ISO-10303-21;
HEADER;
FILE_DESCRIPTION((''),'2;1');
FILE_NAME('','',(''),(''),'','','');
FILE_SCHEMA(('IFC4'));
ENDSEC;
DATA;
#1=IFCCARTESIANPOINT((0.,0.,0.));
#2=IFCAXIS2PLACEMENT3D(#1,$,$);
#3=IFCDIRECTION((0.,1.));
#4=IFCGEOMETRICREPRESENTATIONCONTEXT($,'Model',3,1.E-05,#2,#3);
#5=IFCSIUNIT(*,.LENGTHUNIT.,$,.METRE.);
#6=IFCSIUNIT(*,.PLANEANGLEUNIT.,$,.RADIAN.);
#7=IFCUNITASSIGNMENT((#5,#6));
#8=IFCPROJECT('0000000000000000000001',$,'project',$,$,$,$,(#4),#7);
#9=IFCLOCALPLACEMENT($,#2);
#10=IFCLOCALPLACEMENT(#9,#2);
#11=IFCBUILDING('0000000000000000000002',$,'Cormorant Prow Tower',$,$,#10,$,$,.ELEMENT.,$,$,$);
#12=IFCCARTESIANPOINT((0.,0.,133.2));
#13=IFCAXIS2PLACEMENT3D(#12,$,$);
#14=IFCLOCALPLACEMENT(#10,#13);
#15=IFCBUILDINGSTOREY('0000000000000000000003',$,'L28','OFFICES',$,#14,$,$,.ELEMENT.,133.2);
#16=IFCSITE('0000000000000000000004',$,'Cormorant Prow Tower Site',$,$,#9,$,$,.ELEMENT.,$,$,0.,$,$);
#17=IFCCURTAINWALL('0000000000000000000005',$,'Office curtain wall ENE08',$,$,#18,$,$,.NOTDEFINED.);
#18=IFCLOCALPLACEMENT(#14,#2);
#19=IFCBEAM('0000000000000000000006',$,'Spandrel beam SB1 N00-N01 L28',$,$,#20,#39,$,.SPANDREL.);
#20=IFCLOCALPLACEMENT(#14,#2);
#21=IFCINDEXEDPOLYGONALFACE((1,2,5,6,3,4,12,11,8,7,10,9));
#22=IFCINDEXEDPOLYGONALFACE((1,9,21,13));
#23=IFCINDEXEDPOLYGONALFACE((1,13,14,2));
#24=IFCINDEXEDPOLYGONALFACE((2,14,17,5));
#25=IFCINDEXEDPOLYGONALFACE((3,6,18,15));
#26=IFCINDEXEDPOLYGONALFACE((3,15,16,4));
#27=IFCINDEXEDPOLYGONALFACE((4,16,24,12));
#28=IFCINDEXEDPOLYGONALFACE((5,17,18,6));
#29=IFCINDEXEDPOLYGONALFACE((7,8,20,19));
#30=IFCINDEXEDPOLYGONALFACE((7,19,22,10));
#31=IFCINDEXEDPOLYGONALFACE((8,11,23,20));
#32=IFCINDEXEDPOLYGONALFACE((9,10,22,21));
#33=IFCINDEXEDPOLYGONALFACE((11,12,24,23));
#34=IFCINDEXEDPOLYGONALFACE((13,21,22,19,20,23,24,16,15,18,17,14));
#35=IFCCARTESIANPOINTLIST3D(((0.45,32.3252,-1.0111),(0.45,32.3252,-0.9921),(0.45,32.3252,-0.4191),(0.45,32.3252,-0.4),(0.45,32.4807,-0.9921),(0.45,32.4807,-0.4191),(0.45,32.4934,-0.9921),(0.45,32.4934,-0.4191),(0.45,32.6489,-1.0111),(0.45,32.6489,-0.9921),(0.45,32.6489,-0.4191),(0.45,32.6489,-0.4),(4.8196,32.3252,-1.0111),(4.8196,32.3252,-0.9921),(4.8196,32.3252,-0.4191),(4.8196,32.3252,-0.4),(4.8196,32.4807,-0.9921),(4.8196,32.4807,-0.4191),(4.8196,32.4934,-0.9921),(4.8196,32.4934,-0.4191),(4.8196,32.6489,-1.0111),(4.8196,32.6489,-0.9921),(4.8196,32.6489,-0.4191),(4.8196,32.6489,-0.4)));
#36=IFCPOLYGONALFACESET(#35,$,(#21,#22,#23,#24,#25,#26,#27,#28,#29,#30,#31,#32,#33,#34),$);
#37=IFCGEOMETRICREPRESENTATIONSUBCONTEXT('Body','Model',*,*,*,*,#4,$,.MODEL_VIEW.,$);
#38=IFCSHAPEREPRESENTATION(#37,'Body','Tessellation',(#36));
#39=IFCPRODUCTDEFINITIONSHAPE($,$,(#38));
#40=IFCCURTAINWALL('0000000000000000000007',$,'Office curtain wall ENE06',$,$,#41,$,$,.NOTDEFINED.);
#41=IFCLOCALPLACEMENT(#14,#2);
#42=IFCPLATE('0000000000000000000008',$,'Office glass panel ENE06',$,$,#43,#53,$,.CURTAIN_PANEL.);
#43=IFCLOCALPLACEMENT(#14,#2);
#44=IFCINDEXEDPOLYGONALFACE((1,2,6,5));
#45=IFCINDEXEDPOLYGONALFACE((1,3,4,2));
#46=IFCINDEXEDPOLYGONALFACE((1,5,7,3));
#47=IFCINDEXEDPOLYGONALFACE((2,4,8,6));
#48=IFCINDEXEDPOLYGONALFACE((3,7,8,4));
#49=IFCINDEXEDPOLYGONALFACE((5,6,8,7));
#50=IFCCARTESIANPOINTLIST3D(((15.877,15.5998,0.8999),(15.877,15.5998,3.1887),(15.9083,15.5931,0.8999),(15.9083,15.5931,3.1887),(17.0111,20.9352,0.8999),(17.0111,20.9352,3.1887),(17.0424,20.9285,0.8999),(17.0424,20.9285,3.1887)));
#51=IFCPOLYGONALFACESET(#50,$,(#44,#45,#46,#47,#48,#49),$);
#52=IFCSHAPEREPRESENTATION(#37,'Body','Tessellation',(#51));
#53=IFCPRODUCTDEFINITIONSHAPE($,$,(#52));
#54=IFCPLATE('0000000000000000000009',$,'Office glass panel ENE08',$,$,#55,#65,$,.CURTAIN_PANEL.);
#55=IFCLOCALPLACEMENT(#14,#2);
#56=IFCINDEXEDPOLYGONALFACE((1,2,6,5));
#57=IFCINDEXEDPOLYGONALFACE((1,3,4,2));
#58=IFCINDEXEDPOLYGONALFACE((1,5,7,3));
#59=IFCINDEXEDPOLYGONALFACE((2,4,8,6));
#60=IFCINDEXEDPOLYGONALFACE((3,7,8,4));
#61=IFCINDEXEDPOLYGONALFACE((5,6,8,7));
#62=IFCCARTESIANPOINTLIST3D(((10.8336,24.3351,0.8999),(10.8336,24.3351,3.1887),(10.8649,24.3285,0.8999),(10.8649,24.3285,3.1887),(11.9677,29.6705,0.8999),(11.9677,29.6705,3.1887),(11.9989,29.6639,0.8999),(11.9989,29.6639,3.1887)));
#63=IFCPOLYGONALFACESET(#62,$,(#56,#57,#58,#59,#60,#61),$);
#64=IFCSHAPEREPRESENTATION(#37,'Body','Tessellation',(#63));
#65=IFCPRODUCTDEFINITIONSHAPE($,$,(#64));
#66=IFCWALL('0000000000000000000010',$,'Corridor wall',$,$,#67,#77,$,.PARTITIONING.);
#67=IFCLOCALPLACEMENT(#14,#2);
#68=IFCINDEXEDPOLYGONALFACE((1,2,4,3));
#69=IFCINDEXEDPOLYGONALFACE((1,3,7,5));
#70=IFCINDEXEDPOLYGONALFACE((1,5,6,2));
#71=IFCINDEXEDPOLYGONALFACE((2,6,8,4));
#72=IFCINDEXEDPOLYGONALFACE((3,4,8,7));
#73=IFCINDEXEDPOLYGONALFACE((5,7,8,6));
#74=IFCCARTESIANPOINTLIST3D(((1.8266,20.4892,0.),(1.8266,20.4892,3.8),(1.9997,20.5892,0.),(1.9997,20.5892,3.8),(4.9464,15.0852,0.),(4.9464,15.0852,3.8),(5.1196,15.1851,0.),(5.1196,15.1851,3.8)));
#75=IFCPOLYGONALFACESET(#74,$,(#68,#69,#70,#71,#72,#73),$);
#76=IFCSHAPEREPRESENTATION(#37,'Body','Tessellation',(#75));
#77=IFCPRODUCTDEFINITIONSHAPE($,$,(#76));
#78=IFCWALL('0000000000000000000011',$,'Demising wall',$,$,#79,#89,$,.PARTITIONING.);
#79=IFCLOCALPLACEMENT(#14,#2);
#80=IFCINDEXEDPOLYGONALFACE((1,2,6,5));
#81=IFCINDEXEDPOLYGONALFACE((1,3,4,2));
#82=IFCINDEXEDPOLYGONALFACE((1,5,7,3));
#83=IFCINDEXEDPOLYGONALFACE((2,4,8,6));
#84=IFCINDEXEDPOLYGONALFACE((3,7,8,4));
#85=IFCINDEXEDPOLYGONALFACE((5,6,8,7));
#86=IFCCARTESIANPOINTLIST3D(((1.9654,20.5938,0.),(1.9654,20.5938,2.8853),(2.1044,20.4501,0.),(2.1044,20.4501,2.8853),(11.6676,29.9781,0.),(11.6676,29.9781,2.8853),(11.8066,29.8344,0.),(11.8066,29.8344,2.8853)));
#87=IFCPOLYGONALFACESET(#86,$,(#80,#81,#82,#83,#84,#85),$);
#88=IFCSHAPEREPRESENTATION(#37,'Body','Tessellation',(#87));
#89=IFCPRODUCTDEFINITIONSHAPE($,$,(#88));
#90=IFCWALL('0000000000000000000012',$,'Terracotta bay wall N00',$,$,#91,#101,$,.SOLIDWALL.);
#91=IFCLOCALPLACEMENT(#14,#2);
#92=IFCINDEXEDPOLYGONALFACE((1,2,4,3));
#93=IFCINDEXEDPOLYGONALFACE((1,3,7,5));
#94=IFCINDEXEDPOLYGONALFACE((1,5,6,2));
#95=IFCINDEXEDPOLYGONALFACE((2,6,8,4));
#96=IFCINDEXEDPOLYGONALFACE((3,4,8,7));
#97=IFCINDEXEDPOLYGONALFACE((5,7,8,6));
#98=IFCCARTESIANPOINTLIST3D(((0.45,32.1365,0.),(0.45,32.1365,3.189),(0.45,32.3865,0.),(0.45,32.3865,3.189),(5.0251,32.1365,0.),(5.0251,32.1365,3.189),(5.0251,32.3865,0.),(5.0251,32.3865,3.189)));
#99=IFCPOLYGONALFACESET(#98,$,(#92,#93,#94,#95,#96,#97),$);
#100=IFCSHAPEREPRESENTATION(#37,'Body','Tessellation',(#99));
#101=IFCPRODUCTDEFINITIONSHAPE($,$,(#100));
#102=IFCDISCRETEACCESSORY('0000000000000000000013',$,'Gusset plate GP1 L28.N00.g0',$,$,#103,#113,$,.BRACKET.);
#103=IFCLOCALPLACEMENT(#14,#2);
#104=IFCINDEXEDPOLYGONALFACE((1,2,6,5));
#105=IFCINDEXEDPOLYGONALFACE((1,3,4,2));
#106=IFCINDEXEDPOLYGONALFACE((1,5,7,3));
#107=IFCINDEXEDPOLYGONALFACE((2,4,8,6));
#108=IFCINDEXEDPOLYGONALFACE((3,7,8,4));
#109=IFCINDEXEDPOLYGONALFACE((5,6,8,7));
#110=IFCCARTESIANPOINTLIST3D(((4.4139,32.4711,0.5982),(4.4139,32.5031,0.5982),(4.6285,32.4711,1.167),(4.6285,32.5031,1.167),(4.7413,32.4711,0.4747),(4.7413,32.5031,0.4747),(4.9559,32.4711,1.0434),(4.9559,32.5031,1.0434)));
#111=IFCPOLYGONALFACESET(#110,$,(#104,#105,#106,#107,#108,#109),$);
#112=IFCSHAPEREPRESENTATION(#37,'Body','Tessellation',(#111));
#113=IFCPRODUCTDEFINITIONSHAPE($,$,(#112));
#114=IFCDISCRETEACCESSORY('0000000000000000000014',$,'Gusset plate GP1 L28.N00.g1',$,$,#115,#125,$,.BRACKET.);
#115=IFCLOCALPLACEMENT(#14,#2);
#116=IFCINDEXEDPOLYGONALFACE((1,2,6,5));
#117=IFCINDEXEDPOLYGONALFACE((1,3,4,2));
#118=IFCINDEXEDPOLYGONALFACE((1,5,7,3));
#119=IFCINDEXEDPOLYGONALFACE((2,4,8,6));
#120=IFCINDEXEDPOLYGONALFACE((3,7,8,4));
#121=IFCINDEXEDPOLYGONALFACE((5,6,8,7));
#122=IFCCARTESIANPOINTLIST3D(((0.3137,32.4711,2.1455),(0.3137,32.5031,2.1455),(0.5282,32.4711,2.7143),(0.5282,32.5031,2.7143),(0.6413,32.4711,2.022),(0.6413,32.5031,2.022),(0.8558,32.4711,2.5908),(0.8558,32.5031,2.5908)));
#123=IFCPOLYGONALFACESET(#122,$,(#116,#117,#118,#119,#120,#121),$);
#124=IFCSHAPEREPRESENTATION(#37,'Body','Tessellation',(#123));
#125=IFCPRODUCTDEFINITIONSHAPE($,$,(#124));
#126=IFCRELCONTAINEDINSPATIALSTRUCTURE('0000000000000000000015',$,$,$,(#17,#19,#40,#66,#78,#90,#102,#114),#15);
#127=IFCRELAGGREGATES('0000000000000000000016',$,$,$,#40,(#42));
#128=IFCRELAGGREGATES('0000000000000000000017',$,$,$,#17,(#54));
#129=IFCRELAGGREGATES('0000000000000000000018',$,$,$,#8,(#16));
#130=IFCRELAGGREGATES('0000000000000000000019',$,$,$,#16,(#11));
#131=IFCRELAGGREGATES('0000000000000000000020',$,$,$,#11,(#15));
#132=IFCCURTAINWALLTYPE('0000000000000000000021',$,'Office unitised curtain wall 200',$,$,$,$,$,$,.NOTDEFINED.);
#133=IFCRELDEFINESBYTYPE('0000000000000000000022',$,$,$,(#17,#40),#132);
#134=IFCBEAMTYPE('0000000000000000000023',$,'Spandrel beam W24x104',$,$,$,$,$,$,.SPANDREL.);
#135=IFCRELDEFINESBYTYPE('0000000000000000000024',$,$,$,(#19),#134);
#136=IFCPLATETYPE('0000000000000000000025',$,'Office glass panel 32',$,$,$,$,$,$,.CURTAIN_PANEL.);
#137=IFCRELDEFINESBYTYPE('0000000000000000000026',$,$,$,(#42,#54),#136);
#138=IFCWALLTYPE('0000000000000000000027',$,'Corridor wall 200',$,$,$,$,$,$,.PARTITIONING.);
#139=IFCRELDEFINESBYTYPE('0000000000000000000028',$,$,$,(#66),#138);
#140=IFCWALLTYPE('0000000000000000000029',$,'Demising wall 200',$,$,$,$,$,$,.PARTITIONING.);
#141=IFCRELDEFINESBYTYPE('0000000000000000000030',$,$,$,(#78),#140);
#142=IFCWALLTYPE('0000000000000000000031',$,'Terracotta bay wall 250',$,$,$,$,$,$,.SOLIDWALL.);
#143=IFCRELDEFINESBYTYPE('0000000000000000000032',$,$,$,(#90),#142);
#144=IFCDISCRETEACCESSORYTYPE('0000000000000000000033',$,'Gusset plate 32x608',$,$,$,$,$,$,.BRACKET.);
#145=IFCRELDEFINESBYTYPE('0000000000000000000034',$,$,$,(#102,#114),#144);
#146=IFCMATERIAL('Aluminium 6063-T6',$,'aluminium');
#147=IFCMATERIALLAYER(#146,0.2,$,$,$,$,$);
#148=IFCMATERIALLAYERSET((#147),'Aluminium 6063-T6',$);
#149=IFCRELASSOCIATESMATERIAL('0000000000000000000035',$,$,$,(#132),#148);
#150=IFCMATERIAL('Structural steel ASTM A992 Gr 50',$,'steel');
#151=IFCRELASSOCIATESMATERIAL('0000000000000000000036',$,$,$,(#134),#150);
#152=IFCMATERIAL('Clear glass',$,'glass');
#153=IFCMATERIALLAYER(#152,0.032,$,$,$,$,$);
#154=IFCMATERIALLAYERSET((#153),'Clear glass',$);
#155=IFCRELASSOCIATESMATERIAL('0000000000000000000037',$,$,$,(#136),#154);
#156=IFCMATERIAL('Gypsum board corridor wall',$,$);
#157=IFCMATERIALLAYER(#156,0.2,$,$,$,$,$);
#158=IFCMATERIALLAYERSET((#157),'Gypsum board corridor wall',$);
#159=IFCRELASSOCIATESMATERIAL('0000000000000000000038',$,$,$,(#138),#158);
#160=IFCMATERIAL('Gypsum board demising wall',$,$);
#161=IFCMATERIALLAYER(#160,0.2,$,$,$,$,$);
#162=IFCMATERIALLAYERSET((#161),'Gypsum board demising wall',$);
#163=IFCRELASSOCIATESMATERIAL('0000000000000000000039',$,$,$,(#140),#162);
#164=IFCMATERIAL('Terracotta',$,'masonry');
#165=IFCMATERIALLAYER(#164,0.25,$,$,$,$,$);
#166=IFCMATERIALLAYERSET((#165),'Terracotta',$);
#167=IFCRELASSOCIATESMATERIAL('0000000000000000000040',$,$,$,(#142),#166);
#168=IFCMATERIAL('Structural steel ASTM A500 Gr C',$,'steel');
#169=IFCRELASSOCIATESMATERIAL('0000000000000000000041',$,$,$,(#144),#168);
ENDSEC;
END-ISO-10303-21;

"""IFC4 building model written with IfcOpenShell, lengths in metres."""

from ifc_helpers import new_model, si_unit, direction, frame, frame_2d, origin, origin_2d, place, context, subcontext, project, spatial, rectangle, i_section, extrude, material, layer, layer_set, material_profile, profile_set, type_object, element, aggregate, save


model = new_model("IFC4")

# Units and contexts
model_context = context("Model", 3, precision=1e-05, world=origin(), true_north=direction((0.0, 1.0)))
body_context = subcontext(model_context, "Body", "Model", "MODEL_VIEW")
ifc_project = project(units=[si_unit("LENGTHUNIT", "METRE"), si_unit("PLANEANGLEUNIT", "RADIAN")], contexts=[model_context])

# Site, building, storey
site_placement = place(None, origin())
site = spatial("IfcSite", under=ifc_project, at=site_placement, Name="Cormorant Prow Tower Site", CompositionType="ELEMENT", RefElevation=0.0)
building_placement = place(site_placement, origin())
building = spatial("IfcBuilding", under=site, at=building_placement, Name="Cormorant Prow Tower", CompositionType="ELEMENT")
storey_placement = place(building_placement, frame((0.0, 0.0, 133.2)))
storey = spatial("IfcBuildingStorey", under=building, at=storey_placement, Name="L28", Description="OFFICES", CompositionType="ELEMENT", Elevation=133.2)

# Curtain wall
ifc_material_1 = material(Name="Aluminium 6063-T6", Category="aluminium")
ifc_layer_1 = layer(ifc_material_1, 0.2)
ifc_layer_set_1 = layer_set([ifc_layer_1], Name="Aluminium 6063-T6")
curtain_wall_type = type_object("IfcCurtainWallType", Name="Office unitised curtain wall 200", PredefinedType="NOTDEFINED", material=ifc_layer_set_1)
curtain_wall_1_placement = place(storey_placement, origin())
curtain_wall_1 = element("IfcCurtainWall", 1, at=curtain_wall_1_placement, inside=storey, type_object=curtain_wall_type, Name="Office curtain wall ENE08", PredefinedType="NOTDEFINED")

# Beam
ifc_material_2 = material(Name="Structural steel ASTM A992 Gr 50", Category="steel")
ifc_material_profile_1 = material_profile(ifc_material_2, i_section(OverallWidth=0.3237, OverallDepth=0.6111, WebThickness=0.0127, FlangeThickness=0.019, at=origin_2d()), Name="W24x104")
ifc_profile_set_1 = profile_set([ifc_material_profile_1], Name="Structural steel ASTM A992 Gr 50")
beam_type = type_object("IfcBeamType", Name="Spandrel beam W24x104", PredefinedType="SPANDREL", material=ifc_profile_set_1)
beam_1_placement = place(storey_placement, frame((4.8196, 32.4871, -0.7056), z_axis=(-1.0, 0.0, 0.0), x_axis=(0.0, -1.0, 0.0)))
element("IfcBeam", 2, at=beam_1_placement, inside=storey, type_object=beam_type, Name="Spandrel beam SB1 N00-N01 L28", PredefinedType="SPANDREL", context=body_context, shape_type="SweptSolid", body=[
    extrude(i_section(OverallWidth=0.3237, OverallDepth=0.6111, WebThickness=0.0127, FlangeThickness=0.019, at=origin_2d()), origin(), (0.0, 0.0, 1.0), 4.3696),
])

# Curtain wall, plate
curtain_wall_2_placement = place(storey_placement, origin())
curtain_wall_2 = element("IfcCurtainWall", 3, at=curtain_wall_2_placement, inside=storey, type_object=curtain_wall_type, Name="Office curtain wall ENE06", PredefinedType="NOTDEFINED")
ifc_material_3 = material(Name="Clear glass", Category="glass")
ifc_layer_2 = layer(ifc_material_3, 0.032)
ifc_layer_set_2 = layer_set([ifc_layer_2], Name="Clear glass")
plate_type = type_object("IfcPlateType", Name="Office glass panel 32", PredefinedType="CURTAIN_PANEL", material=ifc_layer_set_2)
plate_1_placement = place(storey_placement, frame((16.4597, 18.2642, 0.8999), z_axis=(0.0, 0.0, 1.0), x_axis=(0.207912, 0.978148, 0.0)))
plate_1 = element("IfcPlate", 4, at=plate_1_placement, type_object=plate_type, Name="Office glass panel ENE06", PredefinedType="CURTAIN_PANEL", context=body_context, shape_type="SweptSolid", body=[
    extrude(rectangle(XDim=5.4546, YDim=0.032, at=origin_2d()), origin(), (0.0, 0.0, 1.0), 2.2888),
])
aggregate(curtain_wall_2, [plate_1])

# Plate
plate_2_placement = place(storey_placement, frame((11.4163, 26.9995, 0.8999), z_axis=(0.0, 0.0, 1.0), x_axis=(0.207912, 0.978148, 0.0)))
plate_2 = element("IfcPlate", 5, at=plate_2_placement, type_object=plate_type, Name="Office glass panel ENE08", PredefinedType="CURTAIN_PANEL", context=body_context, shape_type="SweptSolid", body=[
    extrude(rectangle(XDim=5.4546, YDim=0.032, at=origin_2d()), origin(), (0.0, 0.0, 1.0), 2.2888),
])
aggregate(curtain_wall_1, [plate_2])

# Walls
ifc_material_4 = material(Name="Gypsum board corridor wall")
ifc_layer_3 = layer(ifc_material_4, 0.2)
ifc_layer_set_3 = layer_set([ifc_layer_3], Name="Gypsum board corridor wall")
wall_type_1 = type_object("IfcWallType", Name="Corridor wall 200", PredefinedType="PARTITIONING", material=ifc_layer_set_3)
wall_1_placement = place(storey_placement, frame((1.9131, 20.5393, 0.0), z_axis=(0.0, 0.0, 1.0), x_axis=(0.499981, -0.866036, 0.0)))
element("IfcWall", 6, at=wall_1_placement, inside=storey, type_object=wall_type_1, Name="Corridor wall", PredefinedType="PARTITIONING", context=body_context, shape_type="SweptSolid", body=[
    extrude(rectangle(XDim=6.24, YDim=0.2, at=frame_2d((3.1201, 0.0))), origin(), (0.0, 0.0, 1.0), 3.8),
])
ifc_material_5 = material(Name="Gypsum board demising wall")
ifc_layer_4 = layer(ifc_material_5, 0.2)
ifc_layer_set_4 = layer_set([ifc_layer_4], Name="Gypsum board demising wall")
wall_type_2 = type_object("IfcWallType", Name="Demising wall 200", PredefinedType="PARTITIONING", material=ifc_layer_set_4)
wall_2_placement = place(storey_placement, frame((2.0349, 20.522, 0.0), z_axis=(0.0, 0.0, 1.0), x_axis=(0.718783, 0.695234, 0.0)))
element("IfcWall", 7, at=wall_2_placement, inside=storey, type_object=wall_type_2, Name="Demising wall", PredefinedType="PARTITIONING", context=body_context, shape_type="SweptSolid", body=[
    extrude(rectangle(XDim=13.498, YDim=0.2, at=frame_2d((6.749, 0.0))), origin(), (0.0, 0.0, 1.0), 2.8853),
])
ifc_material_6 = material(Name="Terracotta", Category="masonry")
ifc_layer_5 = layer(ifc_material_6, 0.25)
ifc_layer_set_5 = layer_set([ifc_layer_5], Name="Terracotta")
wall_type_3 = type_object("IfcWallType", Name="Terracotta bay wall 250", PredefinedType="SOLIDWALL", material=ifc_layer_set_5)
wall_3_placement = place(storey_placement, frame((5.0251, 32.2615, 0.0), z_axis=(0.0, 0.0, 1.0), x_axis=(-1.0, 0.0, 0.0)))
element("IfcWall", 8, at=wall_3_placement, inside=storey, type_object=wall_type_3, Name="Terracotta bay wall N00", PredefinedType="SOLIDWALL", context=body_context, shape_type="SweptSolid", body=[
    extrude(rectangle(XDim=4.5752, YDim=0.25, at=frame_2d((2.2876, 0.0))), origin(), (0.0, 0.0, 1.0), 3.189),
])

# Discrete accessories
ifc_material_7 = material(Name="Structural steel ASTM A500 Gr C", Category="steel")
ifc_material_profile_2 = material_profile(ifc_material_7, rectangle(XDim=0.032, YDim=0.6079, at=origin_2d()), Name="Gusset plate 32x608")
ifc_profile_set_2 = profile_set([ifc_material_profile_2], Name="Structural steel ASTM A500 Gr C")
discrete_accessory_type = type_object("IfcDiscreteAccessoryType", Name="Gusset plate 32x608", PredefinedType="BRACKET", material=ifc_profile_set_2)
discrete_accessory_1_placement = place(storey_placement, frame((4.5212, 32.4871, 0.8826), z_axis=(0.93561, 0.0, -0.353034), x_axis=(0.0, 1.0, 0.0)))
element("IfcDiscreteAccessory", 9, at=discrete_accessory_1_placement, inside=storey, type_object=discrete_accessory_type, Name="Gusset plate GP1 L28.N00.g0", PredefinedType="BRACKET", context=body_context, shape_type="SweptSolid", body=[
    extrude(rectangle(XDim=0.032, YDim=0.6079, at=origin_2d()), origin(), (0.0, 0.0, 1.0), 0.3499),
])
discrete_accessory_2_placement = place(storey_placement, frame((0.7485, 32.4871, 2.3064), z_axis=(-0.935697, 0.0, 0.352804), x_axis=(0.0, -1.0, 0.0)))
element("IfcDiscreteAccessory", 10, at=discrete_accessory_2_placement, inside=storey, type_object=discrete_accessory_type, Name="Gusset plate GP1 L28.N00.g1", PredefinedType="BRACKET", context=body_context, shape_type="SweptSolid", body=[
    extrude(rectangle(XDim=0.032, YDim=0.6079, at=origin_2d()), origin(), (0.0, 0.0, 1.0), 0.3501),
])

save(model, "model.ifc")
